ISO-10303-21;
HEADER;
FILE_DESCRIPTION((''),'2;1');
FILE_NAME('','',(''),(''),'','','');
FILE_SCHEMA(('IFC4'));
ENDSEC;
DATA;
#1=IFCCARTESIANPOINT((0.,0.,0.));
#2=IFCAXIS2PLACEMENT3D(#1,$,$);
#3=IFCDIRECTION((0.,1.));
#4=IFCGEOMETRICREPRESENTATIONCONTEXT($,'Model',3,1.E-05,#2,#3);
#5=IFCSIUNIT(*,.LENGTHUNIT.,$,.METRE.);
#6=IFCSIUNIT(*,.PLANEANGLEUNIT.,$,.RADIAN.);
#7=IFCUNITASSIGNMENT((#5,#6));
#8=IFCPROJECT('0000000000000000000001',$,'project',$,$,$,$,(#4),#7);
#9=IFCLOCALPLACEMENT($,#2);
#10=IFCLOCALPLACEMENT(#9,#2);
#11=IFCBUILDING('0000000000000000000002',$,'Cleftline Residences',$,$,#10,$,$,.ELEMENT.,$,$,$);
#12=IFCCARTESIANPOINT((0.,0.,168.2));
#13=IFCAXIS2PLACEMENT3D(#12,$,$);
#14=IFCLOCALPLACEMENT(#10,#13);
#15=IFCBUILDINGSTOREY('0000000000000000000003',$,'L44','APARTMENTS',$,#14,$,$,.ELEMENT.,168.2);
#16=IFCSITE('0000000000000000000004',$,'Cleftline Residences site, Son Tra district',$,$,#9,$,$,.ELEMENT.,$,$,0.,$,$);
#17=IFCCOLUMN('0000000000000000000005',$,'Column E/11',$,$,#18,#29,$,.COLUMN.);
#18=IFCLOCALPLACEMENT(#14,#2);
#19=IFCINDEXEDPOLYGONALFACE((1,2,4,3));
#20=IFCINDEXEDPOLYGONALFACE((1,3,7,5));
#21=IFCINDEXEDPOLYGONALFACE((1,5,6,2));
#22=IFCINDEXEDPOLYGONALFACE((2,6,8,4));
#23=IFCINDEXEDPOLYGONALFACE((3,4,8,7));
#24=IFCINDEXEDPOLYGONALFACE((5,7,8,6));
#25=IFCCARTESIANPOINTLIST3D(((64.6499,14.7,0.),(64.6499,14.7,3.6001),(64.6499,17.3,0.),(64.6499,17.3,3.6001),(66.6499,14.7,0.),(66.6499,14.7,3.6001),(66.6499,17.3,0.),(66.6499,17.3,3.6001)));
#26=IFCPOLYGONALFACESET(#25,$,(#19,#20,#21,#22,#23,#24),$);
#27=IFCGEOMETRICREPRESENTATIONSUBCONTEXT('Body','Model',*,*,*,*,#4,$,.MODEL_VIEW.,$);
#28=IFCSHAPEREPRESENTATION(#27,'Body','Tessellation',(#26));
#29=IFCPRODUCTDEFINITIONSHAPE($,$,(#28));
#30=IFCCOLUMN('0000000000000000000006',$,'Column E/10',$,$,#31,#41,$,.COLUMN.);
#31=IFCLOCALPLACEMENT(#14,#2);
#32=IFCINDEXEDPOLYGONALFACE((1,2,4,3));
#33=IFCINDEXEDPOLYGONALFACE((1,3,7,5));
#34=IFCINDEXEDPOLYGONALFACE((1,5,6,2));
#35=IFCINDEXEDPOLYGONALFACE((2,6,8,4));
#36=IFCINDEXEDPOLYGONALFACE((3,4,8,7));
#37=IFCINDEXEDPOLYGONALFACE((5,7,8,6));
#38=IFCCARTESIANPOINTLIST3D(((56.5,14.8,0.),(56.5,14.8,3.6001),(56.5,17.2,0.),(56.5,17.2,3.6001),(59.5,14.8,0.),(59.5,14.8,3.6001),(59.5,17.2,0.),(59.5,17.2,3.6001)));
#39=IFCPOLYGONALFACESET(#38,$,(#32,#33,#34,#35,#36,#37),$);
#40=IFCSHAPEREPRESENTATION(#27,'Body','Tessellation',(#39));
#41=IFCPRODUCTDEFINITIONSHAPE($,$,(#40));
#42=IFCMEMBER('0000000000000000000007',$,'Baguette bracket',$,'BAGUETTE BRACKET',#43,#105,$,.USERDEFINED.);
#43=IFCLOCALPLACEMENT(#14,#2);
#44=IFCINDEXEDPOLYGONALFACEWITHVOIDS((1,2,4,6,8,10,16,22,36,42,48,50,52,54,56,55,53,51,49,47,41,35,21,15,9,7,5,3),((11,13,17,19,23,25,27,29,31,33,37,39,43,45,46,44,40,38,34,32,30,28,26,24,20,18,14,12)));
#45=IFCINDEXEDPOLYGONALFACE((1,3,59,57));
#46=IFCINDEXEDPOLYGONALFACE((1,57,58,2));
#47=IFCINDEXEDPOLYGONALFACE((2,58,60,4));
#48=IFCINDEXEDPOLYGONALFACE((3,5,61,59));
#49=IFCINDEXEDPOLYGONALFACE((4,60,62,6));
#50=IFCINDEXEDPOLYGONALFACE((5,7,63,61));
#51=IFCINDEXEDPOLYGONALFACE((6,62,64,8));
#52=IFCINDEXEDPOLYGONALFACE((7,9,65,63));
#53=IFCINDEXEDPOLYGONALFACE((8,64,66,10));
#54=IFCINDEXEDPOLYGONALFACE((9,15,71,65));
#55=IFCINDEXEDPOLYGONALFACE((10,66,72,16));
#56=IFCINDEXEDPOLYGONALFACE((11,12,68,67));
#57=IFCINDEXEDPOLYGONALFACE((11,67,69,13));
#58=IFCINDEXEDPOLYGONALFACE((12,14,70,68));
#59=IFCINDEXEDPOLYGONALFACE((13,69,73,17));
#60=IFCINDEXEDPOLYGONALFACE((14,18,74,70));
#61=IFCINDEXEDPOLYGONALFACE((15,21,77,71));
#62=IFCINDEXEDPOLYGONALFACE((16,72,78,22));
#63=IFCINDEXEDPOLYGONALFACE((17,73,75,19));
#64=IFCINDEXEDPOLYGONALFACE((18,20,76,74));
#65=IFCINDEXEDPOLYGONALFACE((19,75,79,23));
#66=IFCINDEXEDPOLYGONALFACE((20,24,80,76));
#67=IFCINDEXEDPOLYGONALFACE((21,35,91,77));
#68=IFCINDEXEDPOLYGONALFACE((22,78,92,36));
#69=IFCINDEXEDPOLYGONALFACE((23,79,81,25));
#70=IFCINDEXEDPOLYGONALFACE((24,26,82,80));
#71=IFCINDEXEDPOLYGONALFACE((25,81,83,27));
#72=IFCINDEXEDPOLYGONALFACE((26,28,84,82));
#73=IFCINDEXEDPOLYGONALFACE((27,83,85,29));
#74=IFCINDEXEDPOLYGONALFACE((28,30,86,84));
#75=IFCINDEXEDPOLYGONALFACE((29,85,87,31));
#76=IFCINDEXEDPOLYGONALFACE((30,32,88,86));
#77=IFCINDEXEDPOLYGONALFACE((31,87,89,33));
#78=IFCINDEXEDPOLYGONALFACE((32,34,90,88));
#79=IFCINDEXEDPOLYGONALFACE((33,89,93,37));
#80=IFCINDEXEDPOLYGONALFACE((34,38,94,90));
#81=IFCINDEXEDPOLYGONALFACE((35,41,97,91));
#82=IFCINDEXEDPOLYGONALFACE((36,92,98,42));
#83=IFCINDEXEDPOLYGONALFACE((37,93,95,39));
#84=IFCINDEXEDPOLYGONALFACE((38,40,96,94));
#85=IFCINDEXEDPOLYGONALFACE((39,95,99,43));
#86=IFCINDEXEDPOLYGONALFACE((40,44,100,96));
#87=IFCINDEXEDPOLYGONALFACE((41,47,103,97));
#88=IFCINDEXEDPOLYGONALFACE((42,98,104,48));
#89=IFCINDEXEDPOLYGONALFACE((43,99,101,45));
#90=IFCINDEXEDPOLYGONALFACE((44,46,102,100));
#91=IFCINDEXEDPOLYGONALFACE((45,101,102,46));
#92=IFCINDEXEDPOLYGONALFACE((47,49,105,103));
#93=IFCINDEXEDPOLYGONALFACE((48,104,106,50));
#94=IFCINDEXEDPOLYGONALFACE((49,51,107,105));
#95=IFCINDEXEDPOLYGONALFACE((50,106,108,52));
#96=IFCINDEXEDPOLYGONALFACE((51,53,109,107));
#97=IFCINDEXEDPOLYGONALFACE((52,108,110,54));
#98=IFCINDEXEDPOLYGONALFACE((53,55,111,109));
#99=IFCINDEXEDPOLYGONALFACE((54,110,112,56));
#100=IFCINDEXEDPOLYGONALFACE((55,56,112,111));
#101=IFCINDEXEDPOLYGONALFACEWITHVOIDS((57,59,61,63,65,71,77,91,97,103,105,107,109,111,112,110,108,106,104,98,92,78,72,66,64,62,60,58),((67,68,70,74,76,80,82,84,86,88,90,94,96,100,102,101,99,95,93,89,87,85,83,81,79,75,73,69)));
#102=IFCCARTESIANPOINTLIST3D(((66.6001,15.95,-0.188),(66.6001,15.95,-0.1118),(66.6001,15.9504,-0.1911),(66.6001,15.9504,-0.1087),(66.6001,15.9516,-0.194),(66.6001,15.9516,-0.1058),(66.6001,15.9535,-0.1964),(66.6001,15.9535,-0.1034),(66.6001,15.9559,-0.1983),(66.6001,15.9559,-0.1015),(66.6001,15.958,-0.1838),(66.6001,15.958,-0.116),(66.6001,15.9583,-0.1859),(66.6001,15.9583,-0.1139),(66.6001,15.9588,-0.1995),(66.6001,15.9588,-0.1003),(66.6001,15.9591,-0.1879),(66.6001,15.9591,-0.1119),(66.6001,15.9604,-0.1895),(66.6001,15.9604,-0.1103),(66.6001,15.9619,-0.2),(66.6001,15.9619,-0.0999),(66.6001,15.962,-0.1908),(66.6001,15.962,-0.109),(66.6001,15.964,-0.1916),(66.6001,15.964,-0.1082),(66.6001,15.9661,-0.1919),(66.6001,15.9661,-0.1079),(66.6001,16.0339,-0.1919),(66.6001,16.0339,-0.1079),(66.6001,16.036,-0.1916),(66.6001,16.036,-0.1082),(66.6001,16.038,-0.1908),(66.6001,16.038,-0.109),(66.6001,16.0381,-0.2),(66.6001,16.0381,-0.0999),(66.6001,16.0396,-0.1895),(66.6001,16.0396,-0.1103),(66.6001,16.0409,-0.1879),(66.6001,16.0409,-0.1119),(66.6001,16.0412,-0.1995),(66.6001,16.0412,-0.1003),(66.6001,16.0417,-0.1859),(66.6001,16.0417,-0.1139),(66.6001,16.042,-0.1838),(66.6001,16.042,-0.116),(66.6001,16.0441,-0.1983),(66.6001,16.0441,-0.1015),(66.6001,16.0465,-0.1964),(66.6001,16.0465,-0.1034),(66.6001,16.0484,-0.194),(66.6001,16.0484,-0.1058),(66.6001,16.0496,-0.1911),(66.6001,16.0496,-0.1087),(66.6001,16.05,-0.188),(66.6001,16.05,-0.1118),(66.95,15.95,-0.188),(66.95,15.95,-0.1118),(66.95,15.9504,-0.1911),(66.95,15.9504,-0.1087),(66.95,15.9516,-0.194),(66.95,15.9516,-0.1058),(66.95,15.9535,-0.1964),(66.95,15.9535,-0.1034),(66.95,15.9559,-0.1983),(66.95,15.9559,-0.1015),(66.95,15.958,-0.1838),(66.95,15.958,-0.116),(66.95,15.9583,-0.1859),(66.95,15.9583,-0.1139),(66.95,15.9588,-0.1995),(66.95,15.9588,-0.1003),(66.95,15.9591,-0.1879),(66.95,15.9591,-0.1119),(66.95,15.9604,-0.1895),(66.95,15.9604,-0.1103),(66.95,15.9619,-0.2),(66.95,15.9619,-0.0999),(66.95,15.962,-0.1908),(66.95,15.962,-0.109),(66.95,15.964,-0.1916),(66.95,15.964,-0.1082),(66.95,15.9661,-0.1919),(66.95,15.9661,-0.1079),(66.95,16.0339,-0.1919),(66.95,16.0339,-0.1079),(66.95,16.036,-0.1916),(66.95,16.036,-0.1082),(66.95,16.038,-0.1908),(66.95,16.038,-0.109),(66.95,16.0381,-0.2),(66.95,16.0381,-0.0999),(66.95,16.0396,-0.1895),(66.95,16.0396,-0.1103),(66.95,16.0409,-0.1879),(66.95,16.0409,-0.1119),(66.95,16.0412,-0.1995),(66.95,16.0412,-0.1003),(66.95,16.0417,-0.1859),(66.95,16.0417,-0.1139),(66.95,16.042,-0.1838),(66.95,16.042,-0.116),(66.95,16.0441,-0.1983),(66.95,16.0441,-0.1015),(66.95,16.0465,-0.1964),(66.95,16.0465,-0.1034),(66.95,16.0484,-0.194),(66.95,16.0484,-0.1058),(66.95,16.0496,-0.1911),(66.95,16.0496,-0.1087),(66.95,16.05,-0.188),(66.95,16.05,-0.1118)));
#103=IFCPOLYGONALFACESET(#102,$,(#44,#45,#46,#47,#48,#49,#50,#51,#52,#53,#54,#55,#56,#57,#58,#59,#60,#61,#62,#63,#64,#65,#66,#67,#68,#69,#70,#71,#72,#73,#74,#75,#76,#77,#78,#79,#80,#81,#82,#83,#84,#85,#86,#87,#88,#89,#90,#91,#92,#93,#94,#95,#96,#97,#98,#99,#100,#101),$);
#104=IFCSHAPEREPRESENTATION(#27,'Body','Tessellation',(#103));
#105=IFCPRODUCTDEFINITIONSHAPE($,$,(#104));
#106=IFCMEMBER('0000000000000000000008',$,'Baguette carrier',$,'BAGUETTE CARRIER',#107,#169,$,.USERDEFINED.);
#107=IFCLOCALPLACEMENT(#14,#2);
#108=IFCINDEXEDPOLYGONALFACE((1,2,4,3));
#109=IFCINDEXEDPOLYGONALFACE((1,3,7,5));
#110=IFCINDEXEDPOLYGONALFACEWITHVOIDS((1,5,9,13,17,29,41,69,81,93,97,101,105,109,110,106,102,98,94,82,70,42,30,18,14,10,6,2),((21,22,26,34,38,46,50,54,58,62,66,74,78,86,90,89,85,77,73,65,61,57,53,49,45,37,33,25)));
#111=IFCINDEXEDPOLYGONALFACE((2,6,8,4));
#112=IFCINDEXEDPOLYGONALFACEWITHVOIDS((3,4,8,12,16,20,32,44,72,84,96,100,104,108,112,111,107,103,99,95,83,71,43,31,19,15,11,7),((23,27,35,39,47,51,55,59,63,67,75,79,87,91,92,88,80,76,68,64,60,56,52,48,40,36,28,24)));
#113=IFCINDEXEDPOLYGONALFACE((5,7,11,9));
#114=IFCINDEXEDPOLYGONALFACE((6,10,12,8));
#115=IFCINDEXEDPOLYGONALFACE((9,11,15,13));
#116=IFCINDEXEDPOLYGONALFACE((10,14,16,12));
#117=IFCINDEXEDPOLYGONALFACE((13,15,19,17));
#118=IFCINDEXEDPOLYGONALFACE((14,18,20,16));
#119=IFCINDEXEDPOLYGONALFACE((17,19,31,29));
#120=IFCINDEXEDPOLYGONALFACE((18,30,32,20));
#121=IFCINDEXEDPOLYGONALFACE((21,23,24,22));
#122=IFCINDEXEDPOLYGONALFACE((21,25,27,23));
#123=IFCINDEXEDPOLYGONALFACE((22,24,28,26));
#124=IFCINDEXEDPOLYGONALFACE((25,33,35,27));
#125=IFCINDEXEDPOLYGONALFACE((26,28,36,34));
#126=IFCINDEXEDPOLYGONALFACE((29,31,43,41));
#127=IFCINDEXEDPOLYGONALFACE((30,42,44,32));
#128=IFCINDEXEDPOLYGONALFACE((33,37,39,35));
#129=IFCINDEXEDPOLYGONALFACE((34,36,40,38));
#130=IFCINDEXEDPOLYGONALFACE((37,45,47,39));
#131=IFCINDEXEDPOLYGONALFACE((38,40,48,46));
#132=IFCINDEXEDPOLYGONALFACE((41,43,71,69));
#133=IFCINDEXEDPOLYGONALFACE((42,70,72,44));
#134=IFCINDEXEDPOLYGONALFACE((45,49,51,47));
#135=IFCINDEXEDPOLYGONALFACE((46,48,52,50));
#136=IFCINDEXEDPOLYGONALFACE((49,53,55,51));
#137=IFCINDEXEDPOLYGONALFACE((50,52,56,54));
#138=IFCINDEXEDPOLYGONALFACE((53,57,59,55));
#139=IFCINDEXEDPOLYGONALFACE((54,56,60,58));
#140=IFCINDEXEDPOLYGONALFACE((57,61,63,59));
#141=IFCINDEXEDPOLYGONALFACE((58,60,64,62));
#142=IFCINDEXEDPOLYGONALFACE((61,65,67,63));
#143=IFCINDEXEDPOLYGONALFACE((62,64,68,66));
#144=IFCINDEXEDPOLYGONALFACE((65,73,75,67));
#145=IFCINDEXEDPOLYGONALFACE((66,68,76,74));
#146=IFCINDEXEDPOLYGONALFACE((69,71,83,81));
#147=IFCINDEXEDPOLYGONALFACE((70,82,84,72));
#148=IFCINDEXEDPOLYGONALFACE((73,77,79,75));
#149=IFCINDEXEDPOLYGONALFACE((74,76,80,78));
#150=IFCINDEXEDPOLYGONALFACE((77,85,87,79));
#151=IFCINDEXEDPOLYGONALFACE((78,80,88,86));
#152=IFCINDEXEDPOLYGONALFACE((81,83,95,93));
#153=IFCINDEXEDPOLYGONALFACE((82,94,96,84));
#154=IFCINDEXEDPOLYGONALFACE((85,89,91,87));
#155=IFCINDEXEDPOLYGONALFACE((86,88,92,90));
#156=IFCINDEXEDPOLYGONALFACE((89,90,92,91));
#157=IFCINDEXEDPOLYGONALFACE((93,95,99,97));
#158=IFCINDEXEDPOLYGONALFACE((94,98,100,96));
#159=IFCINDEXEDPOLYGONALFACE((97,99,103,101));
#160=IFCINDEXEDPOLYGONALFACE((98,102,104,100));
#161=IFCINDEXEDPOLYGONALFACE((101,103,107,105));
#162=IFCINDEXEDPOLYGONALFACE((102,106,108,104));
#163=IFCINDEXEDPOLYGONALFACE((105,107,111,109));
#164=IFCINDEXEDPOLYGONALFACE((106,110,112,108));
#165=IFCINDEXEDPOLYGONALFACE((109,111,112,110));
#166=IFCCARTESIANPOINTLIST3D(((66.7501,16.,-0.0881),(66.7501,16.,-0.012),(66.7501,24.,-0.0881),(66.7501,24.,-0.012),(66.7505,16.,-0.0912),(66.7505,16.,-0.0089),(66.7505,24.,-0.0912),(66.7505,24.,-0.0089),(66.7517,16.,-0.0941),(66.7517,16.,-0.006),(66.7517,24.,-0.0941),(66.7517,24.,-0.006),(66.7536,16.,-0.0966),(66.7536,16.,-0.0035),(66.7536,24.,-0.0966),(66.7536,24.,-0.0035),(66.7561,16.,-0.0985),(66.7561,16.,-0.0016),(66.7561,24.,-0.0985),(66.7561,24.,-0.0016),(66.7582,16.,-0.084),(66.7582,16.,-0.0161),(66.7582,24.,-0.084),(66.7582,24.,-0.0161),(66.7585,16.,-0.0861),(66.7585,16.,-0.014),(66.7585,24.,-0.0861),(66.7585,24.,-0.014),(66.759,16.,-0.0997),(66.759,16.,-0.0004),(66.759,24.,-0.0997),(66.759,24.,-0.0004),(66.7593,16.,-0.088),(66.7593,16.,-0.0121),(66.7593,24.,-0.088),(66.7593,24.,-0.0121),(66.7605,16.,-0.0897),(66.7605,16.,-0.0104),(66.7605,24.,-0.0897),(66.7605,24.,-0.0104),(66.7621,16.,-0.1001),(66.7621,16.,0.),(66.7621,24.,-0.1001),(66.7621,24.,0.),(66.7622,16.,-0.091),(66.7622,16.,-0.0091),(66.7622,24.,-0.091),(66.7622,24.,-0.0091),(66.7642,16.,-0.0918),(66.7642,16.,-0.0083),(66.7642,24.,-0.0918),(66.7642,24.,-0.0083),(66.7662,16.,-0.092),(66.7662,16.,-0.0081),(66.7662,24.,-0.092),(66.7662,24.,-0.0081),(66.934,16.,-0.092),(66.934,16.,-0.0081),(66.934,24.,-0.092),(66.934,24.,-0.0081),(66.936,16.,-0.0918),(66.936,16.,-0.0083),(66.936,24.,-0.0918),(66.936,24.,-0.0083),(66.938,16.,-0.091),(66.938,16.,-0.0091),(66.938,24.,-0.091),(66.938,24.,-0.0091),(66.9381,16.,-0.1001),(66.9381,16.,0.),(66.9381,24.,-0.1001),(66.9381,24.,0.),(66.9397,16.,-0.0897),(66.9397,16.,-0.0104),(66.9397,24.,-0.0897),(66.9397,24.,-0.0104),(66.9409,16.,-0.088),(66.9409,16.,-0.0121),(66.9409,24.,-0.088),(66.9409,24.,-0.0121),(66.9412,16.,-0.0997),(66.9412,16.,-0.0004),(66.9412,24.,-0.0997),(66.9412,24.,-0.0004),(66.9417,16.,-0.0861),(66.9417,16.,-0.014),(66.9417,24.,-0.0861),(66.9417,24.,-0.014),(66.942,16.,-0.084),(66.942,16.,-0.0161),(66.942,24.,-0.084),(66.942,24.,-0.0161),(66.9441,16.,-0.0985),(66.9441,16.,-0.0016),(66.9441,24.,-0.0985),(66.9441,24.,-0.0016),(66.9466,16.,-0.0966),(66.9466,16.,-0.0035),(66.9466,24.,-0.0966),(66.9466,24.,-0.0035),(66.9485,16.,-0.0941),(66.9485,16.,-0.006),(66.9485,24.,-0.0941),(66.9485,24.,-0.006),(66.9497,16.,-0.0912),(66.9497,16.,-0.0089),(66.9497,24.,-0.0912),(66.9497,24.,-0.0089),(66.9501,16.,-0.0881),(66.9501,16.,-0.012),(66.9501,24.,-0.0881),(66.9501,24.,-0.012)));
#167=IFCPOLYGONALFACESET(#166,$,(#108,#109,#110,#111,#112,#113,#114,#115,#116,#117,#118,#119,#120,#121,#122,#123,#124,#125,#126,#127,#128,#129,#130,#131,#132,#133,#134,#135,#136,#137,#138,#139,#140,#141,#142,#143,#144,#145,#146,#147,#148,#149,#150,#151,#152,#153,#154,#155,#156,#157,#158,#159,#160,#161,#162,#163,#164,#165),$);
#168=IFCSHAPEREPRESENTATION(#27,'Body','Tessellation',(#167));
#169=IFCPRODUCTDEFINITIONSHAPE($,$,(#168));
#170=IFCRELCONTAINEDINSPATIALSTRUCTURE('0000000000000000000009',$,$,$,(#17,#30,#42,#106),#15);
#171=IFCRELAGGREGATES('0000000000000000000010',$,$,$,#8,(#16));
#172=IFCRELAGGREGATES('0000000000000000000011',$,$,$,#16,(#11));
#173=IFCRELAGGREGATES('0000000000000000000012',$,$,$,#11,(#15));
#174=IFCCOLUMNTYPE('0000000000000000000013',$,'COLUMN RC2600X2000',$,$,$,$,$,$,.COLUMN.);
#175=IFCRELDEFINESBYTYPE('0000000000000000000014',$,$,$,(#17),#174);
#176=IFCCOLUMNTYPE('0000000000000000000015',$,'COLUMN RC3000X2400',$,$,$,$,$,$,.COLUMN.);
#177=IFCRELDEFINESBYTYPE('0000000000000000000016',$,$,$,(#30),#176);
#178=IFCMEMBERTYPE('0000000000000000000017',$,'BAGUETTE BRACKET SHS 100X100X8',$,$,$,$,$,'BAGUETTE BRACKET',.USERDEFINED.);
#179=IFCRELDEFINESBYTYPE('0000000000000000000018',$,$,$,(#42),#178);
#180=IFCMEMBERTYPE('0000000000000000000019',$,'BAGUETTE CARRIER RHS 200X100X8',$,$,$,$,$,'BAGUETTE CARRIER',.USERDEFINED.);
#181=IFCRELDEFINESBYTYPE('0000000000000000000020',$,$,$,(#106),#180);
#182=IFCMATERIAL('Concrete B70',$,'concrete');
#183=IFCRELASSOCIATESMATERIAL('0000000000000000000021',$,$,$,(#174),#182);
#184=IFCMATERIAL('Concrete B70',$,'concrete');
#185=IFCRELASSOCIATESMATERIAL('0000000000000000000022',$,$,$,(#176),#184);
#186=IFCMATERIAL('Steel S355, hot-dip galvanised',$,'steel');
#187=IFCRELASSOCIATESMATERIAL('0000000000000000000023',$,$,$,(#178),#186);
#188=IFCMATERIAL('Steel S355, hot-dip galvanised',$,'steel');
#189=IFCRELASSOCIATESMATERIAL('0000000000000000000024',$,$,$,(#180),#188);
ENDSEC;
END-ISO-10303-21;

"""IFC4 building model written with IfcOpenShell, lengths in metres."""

from ifc_helpers import new_model, si_unit, direction, frame, origin, origin_2d, place, context, subcontext, project, spatial, rectangle, hollow_rectangle, extrude, material, material_profile, profile_set, type_object, element, save


model = new_model("IFC4")

# Units and contexts
model_context = context("Model", 3, precision=1e-05, world=origin(), true_north=direction((0.0, 1.0)))
body_context = subcontext(model_context, "Body", "Model", "MODEL_VIEW")
ifc_project = project(units=[si_unit("LENGTHUNIT", "METRE"), si_unit("PLANEANGLEUNIT", "RADIAN")], contexts=[model_context])

# Site, building, storey
site_placement = place(None, origin())
site = spatial("IfcSite", under=ifc_project, at=site_placement, Name="Cleftline Residences site, Son Tra district", CompositionType="ELEMENT", RefElevation=0.0)
building_placement = place(site_placement, origin())
building = spatial("IfcBuilding", under=site, at=building_placement, Name="Cleftline Residences", CompositionType="ELEMENT")
storey_placement = place(building_placement, frame((0.0, 0.0, 168.2)))
storey = spatial("IfcBuildingStorey", under=building, at=storey_placement, Name="L44", Description="APARTMENTS", CompositionType="ELEMENT", Elevation=168.2)

# Columns
ifc_material_1 = material(Name="Concrete B70", Category="concrete")
ifc_material_profile_1 = material_profile(ifc_material_1, rectangle(XDim=2.6001, YDim=2.0, at=origin_2d()))
ifc_profile_set_1 = profile_set([ifc_material_profile_1], Name="Concrete B70")
column_type_1 = type_object("IfcColumnType", Name="COLUMN RC2600X2000", PredefinedType="COLUMN", material=ifc_profile_set_1)
column_1_placement = place(storey_placement, frame((65.6499, 16.0, 0.0), z_axis=(0.0, 0.0, 1.0), x_axis=(0.0, 1.0, 0.0)))
element("IfcColumn", 1, at=column_1_placement, inside=storey, type_object=column_type_1, Name="Column E/11", PredefinedType="COLUMN", context=body_context, shape_type="SweptSolid", body=[
    extrude(rectangle(XDim=2.6001, YDim=2.0, at=origin_2d()), origin(), (0.0, 0.0, 1.0), 3.6001),
])
ifc_material_2 = material(Name="Concrete B70", Category="concrete")
ifc_material_profile_2 = material_profile(ifc_material_2, rectangle(XDim=3.0, YDim=2.3999, at=origin_2d()))
ifc_profile_set_2 = profile_set([ifc_material_profile_2], Name="Concrete B70")
column_type_2 = type_object("IfcColumnType", Name="COLUMN RC3000X2400", PredefinedType="COLUMN", material=ifc_profile_set_2)
column_2_placement = place(storey_placement, frame((58.0, 16.0, 0.0), z_axis=(0.0, 0.0, 1.0), x_axis=(1.0, 0.0, 0.0)))
element("IfcColumn", 2, at=column_2_placement, inside=storey, type_object=column_type_2, Name="Column E/10", PredefinedType="COLUMN", context=body_context, shape_type="SweptSolid", body=[
    extrude(rectangle(XDim=3.0, YDim=2.3999, at=origin_2d()), origin(), (0.0, 0.0, 1.0), 3.6001),
])

# Members
ifc_material_3 = material(Name="Steel S355, hot-dip galvanised", Category="steel")
ifc_material_profile_3 = material_profile(ifc_material_3, hollow_rectangle(XDim=0.1001, YDim=0.1001, WallThickness=0.0081, InnerFilletRadius=0.0081, OuterFilletRadius=0.012, at=origin_2d()))
ifc_profile_set_3 = profile_set([ifc_material_profile_3], Name="Steel S355, hot-dip galvanised")
member_type_1 = type_object("IfcMemberType", Name="BAGUETTE BRACKET SHS 100X100X8", ElementType="BAGUETTE BRACKET", PredefinedType="USERDEFINED", material=ifc_profile_set_3)
member_1_placement = place(storey_placement, frame((66.6001, 16.0, -0.1499), z_axis=(1.0, 0.0, 0.0), x_axis=(0.0, 1.0, 0.0)))
element("IfcMember", 3, at=member_1_placement, inside=storey, type_object=member_type_1, Name="Baguette bracket", ObjectType="BAGUETTE BRACKET", PredefinedType="USERDEFINED", context=body_context, shape_type="SweptSolid", body=[
    extrude(hollow_rectangle(XDim=0.1001, YDim=0.1001, WallThickness=0.0081, InnerFilletRadius=0.0081, OuterFilletRadius=0.012, at=origin_2d()), origin(), (0.0, 0.0, 1.0), 0.3499),
])
ifc_material_4 = material(Name="Steel S355, hot-dip galvanised", Category="steel")
ifc_material_profile_4 = material_profile(ifc_material_4, hollow_rectangle(XDim=0.1001, YDim=0.2, WallThickness=0.0081, InnerFilletRadius=0.0081, OuterFilletRadius=0.012, at=origin_2d()))
ifc_profile_set_4 = profile_set([ifc_material_profile_4], Name="Steel S355, hot-dip galvanised")
member_type_2 = type_object("IfcMemberType", Name="BAGUETTE CARRIER RHS 200X100X8", ElementType="BAGUETTE CARRIER", PredefinedType="USERDEFINED", material=ifc_profile_set_4)
member_2_placement = place(storey_placement, frame((66.8501, 16.0, -0.05), z_axis=(0.0, 1.0, 0.0), x_axis=(0.0, 0.0, 1.0)))
element("IfcMember", 4, at=member_2_placement, inside=storey, type_object=member_type_2, Name="Baguette carrier", ObjectType="BAGUETTE CARRIER", PredefinedType="USERDEFINED", context=body_context, shape_type="SweptSolid", body=[
    extrude(hollow_rectangle(XDim=0.1001, YDim=0.2, WallThickness=0.0081, InnerFilletRadius=0.0081, OuterFilletRadius=0.012, at=origin_2d()), origin(), (0.0, 0.0, 1.0), 8.0),
])

save(model, "model.ifc")
